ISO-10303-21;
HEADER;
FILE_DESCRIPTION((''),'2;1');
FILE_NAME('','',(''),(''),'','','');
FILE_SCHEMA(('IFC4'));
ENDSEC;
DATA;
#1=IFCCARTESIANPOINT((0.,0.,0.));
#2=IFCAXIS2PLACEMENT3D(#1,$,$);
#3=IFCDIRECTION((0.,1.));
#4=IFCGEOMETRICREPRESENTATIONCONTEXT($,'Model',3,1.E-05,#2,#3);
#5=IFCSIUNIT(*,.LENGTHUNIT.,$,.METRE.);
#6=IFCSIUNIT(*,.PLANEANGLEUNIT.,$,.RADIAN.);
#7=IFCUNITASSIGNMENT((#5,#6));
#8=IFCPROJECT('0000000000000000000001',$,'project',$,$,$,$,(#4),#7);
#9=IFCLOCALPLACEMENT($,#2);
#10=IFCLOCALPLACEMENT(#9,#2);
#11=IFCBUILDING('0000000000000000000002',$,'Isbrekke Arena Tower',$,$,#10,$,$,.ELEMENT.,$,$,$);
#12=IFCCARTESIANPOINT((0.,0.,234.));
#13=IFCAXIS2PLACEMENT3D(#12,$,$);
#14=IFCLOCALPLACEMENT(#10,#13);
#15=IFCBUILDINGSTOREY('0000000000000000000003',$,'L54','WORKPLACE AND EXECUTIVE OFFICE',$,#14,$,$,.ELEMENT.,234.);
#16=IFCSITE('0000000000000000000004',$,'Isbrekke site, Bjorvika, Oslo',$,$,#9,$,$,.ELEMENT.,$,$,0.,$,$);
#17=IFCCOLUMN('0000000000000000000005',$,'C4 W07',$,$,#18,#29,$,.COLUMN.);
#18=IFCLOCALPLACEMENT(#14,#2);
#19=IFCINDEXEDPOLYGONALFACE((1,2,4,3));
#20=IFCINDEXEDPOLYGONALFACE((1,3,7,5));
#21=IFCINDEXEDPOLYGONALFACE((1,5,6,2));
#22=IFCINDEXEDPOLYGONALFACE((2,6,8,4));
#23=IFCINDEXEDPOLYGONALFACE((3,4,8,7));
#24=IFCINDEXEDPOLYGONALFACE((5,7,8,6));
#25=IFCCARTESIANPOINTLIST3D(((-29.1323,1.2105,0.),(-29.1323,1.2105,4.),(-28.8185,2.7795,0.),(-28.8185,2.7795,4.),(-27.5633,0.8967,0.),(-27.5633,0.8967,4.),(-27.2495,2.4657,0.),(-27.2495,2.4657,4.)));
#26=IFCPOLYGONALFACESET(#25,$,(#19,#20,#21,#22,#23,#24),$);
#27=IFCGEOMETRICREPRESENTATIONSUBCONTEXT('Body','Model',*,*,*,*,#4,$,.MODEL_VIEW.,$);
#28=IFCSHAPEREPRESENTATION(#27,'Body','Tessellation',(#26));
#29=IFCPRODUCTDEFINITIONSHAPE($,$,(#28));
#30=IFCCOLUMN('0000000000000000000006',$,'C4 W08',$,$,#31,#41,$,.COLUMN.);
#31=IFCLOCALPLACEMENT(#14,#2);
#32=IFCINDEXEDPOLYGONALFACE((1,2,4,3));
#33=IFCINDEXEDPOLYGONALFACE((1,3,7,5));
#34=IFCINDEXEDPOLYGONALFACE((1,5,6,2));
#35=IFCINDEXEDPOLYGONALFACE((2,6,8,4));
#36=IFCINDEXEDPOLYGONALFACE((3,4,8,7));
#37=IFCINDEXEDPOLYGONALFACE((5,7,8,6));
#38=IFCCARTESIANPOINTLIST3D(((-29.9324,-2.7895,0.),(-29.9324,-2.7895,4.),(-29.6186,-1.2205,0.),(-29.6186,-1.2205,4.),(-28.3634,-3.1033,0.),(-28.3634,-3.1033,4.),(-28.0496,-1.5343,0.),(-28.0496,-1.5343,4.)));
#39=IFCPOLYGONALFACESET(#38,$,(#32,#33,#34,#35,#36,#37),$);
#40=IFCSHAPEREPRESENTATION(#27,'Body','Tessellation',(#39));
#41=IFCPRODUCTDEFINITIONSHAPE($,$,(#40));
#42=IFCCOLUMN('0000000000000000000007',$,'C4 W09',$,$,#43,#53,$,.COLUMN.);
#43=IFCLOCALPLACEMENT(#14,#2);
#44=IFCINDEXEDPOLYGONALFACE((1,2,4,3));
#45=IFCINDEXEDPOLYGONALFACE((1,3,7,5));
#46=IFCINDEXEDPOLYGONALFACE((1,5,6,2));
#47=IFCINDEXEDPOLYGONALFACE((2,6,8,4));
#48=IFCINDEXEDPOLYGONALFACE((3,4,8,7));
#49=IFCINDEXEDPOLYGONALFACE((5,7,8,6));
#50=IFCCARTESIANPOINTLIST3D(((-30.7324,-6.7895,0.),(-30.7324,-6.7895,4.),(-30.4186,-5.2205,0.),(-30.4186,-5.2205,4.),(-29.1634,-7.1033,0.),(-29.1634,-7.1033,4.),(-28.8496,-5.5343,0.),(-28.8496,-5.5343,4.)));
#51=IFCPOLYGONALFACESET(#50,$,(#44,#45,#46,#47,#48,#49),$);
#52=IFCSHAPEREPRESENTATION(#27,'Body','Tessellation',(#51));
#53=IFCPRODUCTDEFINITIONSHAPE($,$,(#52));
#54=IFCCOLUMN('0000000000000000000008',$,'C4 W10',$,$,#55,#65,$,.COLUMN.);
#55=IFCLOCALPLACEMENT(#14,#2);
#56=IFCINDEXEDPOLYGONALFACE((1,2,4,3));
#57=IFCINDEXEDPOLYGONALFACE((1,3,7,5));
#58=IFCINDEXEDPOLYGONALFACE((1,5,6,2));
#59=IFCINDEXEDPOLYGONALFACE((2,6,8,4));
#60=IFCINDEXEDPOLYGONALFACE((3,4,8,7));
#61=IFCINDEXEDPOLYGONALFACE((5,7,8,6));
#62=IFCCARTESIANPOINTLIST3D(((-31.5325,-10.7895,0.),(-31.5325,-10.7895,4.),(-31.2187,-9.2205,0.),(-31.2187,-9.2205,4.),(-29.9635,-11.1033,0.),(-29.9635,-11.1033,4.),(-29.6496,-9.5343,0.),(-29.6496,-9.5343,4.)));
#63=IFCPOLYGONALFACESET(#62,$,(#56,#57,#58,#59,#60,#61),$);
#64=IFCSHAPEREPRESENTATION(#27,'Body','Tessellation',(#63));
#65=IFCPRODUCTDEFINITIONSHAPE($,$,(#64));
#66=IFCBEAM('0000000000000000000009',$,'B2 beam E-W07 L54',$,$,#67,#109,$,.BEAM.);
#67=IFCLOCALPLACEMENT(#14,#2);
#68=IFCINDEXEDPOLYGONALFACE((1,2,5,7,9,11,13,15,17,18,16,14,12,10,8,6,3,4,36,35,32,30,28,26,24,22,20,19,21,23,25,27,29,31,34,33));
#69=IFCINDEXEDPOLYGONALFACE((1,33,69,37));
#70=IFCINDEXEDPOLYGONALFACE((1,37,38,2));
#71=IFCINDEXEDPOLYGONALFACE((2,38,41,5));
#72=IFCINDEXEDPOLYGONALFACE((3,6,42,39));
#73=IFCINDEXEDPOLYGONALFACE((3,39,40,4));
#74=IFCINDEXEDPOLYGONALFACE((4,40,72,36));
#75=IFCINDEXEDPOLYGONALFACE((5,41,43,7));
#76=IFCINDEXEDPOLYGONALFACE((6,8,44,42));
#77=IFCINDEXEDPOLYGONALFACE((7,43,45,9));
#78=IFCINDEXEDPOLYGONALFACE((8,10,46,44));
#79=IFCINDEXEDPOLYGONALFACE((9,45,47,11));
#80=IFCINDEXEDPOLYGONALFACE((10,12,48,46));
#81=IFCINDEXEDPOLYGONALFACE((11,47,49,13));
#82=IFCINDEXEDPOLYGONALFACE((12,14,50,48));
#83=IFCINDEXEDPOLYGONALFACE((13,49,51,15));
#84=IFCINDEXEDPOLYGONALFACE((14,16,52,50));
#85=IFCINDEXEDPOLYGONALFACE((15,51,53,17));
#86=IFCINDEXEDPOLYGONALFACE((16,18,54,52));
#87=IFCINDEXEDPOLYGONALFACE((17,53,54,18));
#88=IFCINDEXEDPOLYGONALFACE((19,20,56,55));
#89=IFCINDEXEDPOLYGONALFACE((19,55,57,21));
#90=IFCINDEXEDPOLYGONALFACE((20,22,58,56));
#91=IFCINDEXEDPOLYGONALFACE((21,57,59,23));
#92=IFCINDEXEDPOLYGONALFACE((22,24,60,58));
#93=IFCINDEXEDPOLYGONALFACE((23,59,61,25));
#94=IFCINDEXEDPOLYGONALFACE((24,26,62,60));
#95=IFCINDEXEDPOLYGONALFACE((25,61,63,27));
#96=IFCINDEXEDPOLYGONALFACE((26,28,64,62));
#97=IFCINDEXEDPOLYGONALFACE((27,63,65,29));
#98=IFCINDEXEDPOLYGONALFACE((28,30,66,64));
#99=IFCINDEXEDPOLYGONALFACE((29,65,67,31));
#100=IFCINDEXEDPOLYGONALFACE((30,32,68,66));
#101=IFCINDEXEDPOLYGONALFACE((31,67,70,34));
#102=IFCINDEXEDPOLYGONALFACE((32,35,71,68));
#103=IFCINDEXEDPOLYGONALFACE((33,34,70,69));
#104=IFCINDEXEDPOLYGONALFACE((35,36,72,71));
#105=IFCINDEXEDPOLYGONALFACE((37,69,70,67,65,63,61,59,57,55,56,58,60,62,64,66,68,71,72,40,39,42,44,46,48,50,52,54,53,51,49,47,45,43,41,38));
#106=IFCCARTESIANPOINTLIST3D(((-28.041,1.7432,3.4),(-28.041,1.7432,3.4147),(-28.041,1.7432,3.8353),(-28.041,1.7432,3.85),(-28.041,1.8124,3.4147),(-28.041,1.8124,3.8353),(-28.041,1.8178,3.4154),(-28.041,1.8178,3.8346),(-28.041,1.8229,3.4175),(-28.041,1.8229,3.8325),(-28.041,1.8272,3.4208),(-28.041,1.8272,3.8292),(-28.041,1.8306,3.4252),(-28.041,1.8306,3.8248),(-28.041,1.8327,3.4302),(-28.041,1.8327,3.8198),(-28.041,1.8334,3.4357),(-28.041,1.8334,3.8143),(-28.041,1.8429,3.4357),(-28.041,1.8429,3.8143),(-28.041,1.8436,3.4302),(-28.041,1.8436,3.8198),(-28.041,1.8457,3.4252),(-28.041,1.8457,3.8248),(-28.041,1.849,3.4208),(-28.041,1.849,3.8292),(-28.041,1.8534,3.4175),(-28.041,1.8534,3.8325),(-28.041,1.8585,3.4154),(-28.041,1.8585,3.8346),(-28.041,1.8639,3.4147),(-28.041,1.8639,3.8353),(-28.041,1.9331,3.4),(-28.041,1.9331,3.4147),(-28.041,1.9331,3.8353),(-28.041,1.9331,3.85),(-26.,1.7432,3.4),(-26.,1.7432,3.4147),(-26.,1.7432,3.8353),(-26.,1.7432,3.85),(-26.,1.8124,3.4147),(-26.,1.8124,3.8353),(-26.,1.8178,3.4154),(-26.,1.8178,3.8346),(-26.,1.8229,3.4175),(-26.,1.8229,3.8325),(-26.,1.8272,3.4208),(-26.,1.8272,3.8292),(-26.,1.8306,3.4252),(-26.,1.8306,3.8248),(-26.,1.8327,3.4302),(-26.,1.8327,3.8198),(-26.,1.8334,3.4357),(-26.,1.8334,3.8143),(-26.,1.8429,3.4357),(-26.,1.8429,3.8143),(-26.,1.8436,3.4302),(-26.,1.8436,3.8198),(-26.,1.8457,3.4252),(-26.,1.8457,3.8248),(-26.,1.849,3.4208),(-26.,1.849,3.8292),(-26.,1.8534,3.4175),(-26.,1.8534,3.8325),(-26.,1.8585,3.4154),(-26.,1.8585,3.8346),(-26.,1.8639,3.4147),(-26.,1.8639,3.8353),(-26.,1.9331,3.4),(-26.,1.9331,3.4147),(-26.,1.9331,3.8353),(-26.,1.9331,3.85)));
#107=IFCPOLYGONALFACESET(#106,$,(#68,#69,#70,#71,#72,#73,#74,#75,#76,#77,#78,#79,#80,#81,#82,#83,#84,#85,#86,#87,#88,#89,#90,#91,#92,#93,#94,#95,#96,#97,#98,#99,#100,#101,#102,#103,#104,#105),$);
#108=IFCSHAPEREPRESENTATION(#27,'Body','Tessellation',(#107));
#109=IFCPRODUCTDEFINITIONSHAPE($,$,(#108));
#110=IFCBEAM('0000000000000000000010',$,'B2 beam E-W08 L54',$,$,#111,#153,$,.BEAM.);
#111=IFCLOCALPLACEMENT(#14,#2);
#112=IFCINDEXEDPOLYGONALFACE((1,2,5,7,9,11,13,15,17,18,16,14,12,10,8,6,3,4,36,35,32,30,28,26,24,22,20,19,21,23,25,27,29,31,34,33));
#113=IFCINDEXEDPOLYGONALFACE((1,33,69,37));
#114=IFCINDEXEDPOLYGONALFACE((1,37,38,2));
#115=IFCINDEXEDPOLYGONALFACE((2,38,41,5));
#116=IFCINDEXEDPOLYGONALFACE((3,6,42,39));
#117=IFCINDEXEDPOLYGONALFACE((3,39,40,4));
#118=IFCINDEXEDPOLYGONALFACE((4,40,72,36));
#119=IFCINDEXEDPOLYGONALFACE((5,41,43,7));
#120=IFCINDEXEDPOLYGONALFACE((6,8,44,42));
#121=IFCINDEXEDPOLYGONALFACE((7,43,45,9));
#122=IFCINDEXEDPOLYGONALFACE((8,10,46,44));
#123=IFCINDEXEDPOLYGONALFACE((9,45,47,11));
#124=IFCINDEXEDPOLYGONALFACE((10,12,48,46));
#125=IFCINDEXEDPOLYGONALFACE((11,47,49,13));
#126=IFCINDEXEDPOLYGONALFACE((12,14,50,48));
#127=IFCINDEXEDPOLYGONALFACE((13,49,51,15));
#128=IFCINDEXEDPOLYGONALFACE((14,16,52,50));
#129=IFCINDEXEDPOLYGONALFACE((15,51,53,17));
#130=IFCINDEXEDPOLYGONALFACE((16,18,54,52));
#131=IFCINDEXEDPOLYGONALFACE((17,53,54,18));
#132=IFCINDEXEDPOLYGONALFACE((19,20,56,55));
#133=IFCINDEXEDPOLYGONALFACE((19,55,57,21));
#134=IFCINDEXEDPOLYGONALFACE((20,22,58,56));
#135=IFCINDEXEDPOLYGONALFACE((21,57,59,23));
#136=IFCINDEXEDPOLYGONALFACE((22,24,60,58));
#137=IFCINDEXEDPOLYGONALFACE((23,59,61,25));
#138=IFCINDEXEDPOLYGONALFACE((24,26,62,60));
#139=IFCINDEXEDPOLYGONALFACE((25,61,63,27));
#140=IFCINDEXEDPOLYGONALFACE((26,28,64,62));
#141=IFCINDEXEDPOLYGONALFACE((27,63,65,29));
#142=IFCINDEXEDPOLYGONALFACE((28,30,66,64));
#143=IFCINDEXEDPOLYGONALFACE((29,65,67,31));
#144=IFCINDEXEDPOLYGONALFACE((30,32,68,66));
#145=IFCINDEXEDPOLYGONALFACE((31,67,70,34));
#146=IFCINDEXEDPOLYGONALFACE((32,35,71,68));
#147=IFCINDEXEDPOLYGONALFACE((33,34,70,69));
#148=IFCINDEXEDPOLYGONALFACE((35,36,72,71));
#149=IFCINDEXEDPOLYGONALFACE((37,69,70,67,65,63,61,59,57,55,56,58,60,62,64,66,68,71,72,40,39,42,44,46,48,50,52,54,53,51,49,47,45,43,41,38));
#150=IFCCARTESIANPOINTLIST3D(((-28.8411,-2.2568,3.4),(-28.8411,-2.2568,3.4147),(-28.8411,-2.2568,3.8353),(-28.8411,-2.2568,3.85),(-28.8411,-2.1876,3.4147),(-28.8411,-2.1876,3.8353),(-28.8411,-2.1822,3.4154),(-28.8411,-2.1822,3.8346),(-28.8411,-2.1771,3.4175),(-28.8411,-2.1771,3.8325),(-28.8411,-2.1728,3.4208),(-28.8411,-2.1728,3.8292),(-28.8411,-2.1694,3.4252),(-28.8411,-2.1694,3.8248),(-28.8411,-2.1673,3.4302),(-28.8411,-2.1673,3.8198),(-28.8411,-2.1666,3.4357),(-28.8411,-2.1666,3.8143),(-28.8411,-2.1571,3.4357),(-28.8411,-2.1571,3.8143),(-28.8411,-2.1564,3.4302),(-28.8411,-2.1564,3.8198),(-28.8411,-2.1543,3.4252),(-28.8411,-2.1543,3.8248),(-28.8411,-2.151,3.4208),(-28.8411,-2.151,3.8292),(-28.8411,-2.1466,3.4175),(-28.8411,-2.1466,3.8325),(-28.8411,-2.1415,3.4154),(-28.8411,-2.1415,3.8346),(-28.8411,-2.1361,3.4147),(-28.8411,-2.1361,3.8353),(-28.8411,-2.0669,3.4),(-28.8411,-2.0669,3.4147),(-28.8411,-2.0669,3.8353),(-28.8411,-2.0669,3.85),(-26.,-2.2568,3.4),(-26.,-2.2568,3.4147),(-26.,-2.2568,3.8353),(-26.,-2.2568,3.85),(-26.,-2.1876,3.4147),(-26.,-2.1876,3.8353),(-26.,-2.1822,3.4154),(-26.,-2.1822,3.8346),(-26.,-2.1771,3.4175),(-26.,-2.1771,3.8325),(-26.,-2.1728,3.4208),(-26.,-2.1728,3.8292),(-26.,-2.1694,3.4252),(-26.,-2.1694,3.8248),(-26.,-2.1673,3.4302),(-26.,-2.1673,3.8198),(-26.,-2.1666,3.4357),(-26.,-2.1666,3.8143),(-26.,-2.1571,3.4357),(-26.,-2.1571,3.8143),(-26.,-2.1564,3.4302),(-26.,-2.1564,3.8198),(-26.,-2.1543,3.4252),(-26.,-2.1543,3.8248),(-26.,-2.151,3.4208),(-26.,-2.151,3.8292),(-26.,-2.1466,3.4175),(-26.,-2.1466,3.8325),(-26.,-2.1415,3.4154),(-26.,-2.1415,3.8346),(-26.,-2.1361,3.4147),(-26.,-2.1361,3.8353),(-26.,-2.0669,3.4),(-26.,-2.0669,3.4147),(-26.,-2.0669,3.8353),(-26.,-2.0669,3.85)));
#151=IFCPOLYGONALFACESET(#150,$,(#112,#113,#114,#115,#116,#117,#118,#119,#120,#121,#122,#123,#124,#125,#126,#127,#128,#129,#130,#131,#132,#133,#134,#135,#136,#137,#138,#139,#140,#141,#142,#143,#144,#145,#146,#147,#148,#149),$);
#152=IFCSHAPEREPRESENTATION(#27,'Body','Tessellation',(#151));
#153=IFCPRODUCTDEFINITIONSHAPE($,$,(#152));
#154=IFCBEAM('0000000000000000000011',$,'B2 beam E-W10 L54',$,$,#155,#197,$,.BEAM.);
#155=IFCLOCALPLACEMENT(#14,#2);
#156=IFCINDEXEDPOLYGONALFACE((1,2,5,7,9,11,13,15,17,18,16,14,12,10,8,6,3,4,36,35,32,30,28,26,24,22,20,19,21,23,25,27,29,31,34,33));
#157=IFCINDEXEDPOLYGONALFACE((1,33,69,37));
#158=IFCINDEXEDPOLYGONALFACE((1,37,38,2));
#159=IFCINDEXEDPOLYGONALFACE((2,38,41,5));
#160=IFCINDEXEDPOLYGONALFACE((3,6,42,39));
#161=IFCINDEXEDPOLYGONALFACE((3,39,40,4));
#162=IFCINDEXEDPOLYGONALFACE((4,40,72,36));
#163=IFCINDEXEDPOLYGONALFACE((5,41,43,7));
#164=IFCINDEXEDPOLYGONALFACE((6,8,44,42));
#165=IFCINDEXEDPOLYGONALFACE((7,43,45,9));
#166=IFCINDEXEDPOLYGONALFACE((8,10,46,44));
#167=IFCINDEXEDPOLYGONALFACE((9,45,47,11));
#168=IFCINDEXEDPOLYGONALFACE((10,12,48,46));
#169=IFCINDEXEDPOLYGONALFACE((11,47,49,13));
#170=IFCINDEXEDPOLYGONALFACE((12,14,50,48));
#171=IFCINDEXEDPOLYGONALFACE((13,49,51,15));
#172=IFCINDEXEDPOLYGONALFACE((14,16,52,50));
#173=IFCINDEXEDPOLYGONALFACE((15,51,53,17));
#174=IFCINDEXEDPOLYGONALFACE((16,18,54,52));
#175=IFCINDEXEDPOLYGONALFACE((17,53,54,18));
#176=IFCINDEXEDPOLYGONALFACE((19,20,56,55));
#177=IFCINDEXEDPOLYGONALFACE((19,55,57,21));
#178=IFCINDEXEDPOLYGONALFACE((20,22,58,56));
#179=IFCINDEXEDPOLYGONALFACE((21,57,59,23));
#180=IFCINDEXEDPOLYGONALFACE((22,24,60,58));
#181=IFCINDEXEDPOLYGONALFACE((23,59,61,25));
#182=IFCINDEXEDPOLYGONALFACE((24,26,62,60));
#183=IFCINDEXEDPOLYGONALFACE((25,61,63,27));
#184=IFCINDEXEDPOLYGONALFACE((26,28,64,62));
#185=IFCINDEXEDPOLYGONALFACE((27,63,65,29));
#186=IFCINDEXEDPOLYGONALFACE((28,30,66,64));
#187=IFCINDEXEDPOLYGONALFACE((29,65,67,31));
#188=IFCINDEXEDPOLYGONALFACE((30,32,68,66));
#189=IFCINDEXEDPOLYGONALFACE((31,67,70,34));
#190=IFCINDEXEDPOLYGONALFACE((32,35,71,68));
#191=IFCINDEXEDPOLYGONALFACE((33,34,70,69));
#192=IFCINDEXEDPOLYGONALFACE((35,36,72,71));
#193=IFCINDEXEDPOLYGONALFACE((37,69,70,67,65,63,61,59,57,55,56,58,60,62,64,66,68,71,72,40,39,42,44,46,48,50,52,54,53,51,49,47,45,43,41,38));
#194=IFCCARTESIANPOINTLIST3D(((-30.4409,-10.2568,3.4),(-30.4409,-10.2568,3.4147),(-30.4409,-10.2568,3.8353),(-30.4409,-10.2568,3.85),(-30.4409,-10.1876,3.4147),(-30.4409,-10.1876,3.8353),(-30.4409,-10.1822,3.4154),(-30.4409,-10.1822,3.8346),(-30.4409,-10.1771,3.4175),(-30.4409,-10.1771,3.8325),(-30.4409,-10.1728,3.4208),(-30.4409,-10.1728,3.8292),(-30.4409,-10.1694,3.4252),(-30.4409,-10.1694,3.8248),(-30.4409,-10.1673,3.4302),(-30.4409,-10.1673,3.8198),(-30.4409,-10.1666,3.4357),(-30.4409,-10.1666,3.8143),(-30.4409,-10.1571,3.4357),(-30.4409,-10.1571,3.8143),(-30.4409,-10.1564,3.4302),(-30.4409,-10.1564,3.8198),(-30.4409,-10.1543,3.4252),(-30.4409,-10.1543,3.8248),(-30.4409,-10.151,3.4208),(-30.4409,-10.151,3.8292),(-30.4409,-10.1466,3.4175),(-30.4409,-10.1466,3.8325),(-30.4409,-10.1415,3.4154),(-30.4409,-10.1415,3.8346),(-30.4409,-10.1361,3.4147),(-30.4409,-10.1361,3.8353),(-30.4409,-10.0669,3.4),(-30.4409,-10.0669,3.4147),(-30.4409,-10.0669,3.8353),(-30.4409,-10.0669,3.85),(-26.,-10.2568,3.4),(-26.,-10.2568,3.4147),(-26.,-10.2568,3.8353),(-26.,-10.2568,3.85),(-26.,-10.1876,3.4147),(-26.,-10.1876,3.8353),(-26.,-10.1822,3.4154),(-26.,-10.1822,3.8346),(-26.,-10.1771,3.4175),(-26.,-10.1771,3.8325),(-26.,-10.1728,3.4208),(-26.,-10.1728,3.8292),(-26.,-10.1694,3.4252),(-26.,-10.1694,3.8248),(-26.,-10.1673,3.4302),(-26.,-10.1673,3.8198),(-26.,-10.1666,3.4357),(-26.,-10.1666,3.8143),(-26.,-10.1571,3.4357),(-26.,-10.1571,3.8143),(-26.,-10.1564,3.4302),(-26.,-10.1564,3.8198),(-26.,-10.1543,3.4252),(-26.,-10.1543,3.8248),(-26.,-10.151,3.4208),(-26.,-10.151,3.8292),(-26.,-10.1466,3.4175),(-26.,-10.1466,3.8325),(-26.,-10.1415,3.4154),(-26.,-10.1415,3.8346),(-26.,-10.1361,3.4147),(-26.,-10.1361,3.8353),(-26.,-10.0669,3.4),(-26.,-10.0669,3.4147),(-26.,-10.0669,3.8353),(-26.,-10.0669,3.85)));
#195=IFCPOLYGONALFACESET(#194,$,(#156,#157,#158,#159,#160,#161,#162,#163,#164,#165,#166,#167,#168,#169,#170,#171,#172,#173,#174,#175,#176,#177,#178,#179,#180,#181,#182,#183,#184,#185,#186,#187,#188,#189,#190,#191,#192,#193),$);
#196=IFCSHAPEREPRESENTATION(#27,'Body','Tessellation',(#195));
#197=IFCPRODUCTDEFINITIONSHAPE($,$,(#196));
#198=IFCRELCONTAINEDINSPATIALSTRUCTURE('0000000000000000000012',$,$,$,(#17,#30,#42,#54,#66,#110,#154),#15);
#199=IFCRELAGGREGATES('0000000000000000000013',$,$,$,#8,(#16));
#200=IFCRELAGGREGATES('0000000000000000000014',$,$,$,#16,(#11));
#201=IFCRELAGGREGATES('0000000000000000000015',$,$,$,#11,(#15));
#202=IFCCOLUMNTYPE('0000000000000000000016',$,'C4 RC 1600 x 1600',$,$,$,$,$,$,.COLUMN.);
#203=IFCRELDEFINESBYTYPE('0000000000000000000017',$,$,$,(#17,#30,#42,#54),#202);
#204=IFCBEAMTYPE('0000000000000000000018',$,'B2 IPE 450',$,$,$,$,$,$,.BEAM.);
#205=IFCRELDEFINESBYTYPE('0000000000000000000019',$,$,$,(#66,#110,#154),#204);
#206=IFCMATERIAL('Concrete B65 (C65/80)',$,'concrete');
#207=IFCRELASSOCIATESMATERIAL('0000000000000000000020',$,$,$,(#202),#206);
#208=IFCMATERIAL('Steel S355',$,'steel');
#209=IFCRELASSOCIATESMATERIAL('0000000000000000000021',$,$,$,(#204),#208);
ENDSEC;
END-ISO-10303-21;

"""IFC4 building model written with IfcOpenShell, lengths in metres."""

from ifc_helpers import new_model, si_unit, direction, frame, origin, origin_2d, place, context, subcontext, project, spatial, rectangle, i_section, extrude, material, material_profile, profile_set, type_object, element, save


model = new_model("IFC4")

# Units and contexts
model_context = context("Model", 3, precision=1e-05, world=origin(), true_north=direction((0.0, 1.0)))
body_context = subcontext(model_context, "Body", "Model", "MODEL_VIEW")
ifc_project = project(units=[si_unit("LENGTHUNIT", "METRE"), si_unit("PLANEANGLEUNIT", "RADIAN")], contexts=[model_context])

# Site, building, storey
site_placement = place(None, origin())
site = spatial("IfcSite", under=ifc_project, at=site_placement, Name="Isbrekke site, Bjorvika, Oslo", CompositionType="ELEMENT", RefElevation=0.0)
building_placement = place(site_placement, origin())
building = spatial("IfcBuilding", under=site, at=building_placement, Name="Isbrekke Arena Tower", CompositionType="ELEMENT")
storey_placement = place(building_placement, frame((0.0, 0.0, 234.0)))
storey = spatial("IfcBuildingStorey", under=building, at=storey_placement, Name="L54", Description="WORKPLACE AND EXECUTIVE OFFICE", CompositionType="ELEMENT", Elevation=234.0)

# Columns
ifc_material_1 = material(Name="Concrete B65 (C65/80)", Category="concrete")
ifc_material_profile_1 = material_profile(ifc_material_1, rectangle(XDim=1.6001, YDim=1.6001, at=origin_2d()), Name="RC 1600x1600")
ifc_profile_set_1 = profile_set([ifc_material_profile_1], Name="Concrete B65 (C65/80)")
column_type = type_object("IfcColumnType", Name="C4 RC 1600 x 1600", PredefinedType="COLUMN", material=ifc_profile_set_1)
for number, where, z_axis, x_axis, name in (
    (1, (-28.1909, 1.8381, 0.0), (0.0, 0.0, 1.0), (-0.196116, -0.980581, 0.0), "C4 W07"),
    (2, (-28.991, -2.1619, 0.0), (0.0, 0.0, 1.0), (-0.196116, -0.980581, 0.0), "C4 W08"),
    (3, (-29.791, -6.1619, 0.0), (0.0, 0.0, 1.0), (-0.196116, -0.980581, 0.0), "C4 W09"),
    (4, (-30.5911, -10.1619, 0.0), (0.0, 0.0, 1.0), (-0.196116, -0.980581, 0.0), "C4 W10"),
):
    element("IfcColumn", number, at=place(storey_placement, frame(where, z_axis=z_axis, x_axis=x_axis)), inside=storey, type_object=column_type, Name=name, PredefinedType="COLUMN", context=body_context, shape_type="SweptSolid", body=[
        extrude(rectangle(XDim=1.6001, YDim=1.6001, at=origin_2d()), origin(), (0.0, 0.0, 1.0), 4.0),
    ])

# Beams
ifc_material_2 = material(Name="Steel S355", Category="steel")
ifc_material_profile_2 = material_profile(ifc_material_2, i_section(OverallWidth=0.1899, OverallDepth=0.45, WebThickness=0.0095, FlangeThickness=0.0146, FilletRadius=0.021, at=origin_2d()), Name="IPE 450")
ifc_profile_set_2 = profile_set([ifc_material_profile_2], Name="Steel S355")
beam_type_1 = type_object("IfcBeamType", Name="B2 IPE 450", PredefinedType="BEAM", material=ifc_profile_set_2)
beam_1_placement = place(storey_placement, frame((-28.041, 1.8381, 3.625), z_axis=(1.0, 0.0, 0.0), x_axis=(0.0, 1.0, 0.0)))
element("IfcBeam", 5, at=beam_1_placement, inside=storey, type_object=beam_type_1, Name="B2 beam E-W07 L54", PredefinedType="BEAM", context=body_context, shape_type="SweptSolid", body=[
    extrude(i_section(OverallWidth=0.1899, OverallDepth=0.45, WebThickness=0.0095, FlangeThickness=0.0146, FilletRadius=0.021, at=origin_2d()), origin(), (0.0, 0.0, 1.0), 2.041),
])
beam_2_placement = place(storey_placement, frame((-28.8411, -2.1619, 3.625), z_axis=(1.0, 0.0, 0.0), x_axis=(0.0, 1.0, 0.0)))
element("IfcBeam", 6, at=beam_2_placement, inside=storey, type_object=beam_type_1, Name="B2 beam E-W08 L54", PredefinedType="BEAM", context=body_context, shape_type="SweptSolid", body=[
    extrude(i_section(OverallWidth=0.1899, OverallDepth=0.45, WebThickness=0.0095, FlangeThickness=0.0146, FilletRadius=0.021, at=origin_2d()), origin(), (0.0, 0.0, 1.0), 2.8411),
])
beam_3_placement = place(storey_placement, frame((-30.4409, -10.1619, 3.625), z_axis=(1.0, 0.0, 0.0), x_axis=(0.0, 1.0, 0.0)))
element("IfcBeam", 7, at=beam_3_placement, inside=storey, type_object=beam_type_1, Name="B2 beam E-W10 L54", PredefinedType="BEAM", context=body_context, shape_type="SweptSolid", body=[
    extrude(i_section(OverallWidth=0.1899, OverallDepth=0.45, WebThickness=0.0095, FlangeThickness=0.0146, FilletRadius=0.021, at=origin_2d()), origin(), (0.0, 0.0, 1.0), 4.4409),
])

save(model, "model.ifc")
